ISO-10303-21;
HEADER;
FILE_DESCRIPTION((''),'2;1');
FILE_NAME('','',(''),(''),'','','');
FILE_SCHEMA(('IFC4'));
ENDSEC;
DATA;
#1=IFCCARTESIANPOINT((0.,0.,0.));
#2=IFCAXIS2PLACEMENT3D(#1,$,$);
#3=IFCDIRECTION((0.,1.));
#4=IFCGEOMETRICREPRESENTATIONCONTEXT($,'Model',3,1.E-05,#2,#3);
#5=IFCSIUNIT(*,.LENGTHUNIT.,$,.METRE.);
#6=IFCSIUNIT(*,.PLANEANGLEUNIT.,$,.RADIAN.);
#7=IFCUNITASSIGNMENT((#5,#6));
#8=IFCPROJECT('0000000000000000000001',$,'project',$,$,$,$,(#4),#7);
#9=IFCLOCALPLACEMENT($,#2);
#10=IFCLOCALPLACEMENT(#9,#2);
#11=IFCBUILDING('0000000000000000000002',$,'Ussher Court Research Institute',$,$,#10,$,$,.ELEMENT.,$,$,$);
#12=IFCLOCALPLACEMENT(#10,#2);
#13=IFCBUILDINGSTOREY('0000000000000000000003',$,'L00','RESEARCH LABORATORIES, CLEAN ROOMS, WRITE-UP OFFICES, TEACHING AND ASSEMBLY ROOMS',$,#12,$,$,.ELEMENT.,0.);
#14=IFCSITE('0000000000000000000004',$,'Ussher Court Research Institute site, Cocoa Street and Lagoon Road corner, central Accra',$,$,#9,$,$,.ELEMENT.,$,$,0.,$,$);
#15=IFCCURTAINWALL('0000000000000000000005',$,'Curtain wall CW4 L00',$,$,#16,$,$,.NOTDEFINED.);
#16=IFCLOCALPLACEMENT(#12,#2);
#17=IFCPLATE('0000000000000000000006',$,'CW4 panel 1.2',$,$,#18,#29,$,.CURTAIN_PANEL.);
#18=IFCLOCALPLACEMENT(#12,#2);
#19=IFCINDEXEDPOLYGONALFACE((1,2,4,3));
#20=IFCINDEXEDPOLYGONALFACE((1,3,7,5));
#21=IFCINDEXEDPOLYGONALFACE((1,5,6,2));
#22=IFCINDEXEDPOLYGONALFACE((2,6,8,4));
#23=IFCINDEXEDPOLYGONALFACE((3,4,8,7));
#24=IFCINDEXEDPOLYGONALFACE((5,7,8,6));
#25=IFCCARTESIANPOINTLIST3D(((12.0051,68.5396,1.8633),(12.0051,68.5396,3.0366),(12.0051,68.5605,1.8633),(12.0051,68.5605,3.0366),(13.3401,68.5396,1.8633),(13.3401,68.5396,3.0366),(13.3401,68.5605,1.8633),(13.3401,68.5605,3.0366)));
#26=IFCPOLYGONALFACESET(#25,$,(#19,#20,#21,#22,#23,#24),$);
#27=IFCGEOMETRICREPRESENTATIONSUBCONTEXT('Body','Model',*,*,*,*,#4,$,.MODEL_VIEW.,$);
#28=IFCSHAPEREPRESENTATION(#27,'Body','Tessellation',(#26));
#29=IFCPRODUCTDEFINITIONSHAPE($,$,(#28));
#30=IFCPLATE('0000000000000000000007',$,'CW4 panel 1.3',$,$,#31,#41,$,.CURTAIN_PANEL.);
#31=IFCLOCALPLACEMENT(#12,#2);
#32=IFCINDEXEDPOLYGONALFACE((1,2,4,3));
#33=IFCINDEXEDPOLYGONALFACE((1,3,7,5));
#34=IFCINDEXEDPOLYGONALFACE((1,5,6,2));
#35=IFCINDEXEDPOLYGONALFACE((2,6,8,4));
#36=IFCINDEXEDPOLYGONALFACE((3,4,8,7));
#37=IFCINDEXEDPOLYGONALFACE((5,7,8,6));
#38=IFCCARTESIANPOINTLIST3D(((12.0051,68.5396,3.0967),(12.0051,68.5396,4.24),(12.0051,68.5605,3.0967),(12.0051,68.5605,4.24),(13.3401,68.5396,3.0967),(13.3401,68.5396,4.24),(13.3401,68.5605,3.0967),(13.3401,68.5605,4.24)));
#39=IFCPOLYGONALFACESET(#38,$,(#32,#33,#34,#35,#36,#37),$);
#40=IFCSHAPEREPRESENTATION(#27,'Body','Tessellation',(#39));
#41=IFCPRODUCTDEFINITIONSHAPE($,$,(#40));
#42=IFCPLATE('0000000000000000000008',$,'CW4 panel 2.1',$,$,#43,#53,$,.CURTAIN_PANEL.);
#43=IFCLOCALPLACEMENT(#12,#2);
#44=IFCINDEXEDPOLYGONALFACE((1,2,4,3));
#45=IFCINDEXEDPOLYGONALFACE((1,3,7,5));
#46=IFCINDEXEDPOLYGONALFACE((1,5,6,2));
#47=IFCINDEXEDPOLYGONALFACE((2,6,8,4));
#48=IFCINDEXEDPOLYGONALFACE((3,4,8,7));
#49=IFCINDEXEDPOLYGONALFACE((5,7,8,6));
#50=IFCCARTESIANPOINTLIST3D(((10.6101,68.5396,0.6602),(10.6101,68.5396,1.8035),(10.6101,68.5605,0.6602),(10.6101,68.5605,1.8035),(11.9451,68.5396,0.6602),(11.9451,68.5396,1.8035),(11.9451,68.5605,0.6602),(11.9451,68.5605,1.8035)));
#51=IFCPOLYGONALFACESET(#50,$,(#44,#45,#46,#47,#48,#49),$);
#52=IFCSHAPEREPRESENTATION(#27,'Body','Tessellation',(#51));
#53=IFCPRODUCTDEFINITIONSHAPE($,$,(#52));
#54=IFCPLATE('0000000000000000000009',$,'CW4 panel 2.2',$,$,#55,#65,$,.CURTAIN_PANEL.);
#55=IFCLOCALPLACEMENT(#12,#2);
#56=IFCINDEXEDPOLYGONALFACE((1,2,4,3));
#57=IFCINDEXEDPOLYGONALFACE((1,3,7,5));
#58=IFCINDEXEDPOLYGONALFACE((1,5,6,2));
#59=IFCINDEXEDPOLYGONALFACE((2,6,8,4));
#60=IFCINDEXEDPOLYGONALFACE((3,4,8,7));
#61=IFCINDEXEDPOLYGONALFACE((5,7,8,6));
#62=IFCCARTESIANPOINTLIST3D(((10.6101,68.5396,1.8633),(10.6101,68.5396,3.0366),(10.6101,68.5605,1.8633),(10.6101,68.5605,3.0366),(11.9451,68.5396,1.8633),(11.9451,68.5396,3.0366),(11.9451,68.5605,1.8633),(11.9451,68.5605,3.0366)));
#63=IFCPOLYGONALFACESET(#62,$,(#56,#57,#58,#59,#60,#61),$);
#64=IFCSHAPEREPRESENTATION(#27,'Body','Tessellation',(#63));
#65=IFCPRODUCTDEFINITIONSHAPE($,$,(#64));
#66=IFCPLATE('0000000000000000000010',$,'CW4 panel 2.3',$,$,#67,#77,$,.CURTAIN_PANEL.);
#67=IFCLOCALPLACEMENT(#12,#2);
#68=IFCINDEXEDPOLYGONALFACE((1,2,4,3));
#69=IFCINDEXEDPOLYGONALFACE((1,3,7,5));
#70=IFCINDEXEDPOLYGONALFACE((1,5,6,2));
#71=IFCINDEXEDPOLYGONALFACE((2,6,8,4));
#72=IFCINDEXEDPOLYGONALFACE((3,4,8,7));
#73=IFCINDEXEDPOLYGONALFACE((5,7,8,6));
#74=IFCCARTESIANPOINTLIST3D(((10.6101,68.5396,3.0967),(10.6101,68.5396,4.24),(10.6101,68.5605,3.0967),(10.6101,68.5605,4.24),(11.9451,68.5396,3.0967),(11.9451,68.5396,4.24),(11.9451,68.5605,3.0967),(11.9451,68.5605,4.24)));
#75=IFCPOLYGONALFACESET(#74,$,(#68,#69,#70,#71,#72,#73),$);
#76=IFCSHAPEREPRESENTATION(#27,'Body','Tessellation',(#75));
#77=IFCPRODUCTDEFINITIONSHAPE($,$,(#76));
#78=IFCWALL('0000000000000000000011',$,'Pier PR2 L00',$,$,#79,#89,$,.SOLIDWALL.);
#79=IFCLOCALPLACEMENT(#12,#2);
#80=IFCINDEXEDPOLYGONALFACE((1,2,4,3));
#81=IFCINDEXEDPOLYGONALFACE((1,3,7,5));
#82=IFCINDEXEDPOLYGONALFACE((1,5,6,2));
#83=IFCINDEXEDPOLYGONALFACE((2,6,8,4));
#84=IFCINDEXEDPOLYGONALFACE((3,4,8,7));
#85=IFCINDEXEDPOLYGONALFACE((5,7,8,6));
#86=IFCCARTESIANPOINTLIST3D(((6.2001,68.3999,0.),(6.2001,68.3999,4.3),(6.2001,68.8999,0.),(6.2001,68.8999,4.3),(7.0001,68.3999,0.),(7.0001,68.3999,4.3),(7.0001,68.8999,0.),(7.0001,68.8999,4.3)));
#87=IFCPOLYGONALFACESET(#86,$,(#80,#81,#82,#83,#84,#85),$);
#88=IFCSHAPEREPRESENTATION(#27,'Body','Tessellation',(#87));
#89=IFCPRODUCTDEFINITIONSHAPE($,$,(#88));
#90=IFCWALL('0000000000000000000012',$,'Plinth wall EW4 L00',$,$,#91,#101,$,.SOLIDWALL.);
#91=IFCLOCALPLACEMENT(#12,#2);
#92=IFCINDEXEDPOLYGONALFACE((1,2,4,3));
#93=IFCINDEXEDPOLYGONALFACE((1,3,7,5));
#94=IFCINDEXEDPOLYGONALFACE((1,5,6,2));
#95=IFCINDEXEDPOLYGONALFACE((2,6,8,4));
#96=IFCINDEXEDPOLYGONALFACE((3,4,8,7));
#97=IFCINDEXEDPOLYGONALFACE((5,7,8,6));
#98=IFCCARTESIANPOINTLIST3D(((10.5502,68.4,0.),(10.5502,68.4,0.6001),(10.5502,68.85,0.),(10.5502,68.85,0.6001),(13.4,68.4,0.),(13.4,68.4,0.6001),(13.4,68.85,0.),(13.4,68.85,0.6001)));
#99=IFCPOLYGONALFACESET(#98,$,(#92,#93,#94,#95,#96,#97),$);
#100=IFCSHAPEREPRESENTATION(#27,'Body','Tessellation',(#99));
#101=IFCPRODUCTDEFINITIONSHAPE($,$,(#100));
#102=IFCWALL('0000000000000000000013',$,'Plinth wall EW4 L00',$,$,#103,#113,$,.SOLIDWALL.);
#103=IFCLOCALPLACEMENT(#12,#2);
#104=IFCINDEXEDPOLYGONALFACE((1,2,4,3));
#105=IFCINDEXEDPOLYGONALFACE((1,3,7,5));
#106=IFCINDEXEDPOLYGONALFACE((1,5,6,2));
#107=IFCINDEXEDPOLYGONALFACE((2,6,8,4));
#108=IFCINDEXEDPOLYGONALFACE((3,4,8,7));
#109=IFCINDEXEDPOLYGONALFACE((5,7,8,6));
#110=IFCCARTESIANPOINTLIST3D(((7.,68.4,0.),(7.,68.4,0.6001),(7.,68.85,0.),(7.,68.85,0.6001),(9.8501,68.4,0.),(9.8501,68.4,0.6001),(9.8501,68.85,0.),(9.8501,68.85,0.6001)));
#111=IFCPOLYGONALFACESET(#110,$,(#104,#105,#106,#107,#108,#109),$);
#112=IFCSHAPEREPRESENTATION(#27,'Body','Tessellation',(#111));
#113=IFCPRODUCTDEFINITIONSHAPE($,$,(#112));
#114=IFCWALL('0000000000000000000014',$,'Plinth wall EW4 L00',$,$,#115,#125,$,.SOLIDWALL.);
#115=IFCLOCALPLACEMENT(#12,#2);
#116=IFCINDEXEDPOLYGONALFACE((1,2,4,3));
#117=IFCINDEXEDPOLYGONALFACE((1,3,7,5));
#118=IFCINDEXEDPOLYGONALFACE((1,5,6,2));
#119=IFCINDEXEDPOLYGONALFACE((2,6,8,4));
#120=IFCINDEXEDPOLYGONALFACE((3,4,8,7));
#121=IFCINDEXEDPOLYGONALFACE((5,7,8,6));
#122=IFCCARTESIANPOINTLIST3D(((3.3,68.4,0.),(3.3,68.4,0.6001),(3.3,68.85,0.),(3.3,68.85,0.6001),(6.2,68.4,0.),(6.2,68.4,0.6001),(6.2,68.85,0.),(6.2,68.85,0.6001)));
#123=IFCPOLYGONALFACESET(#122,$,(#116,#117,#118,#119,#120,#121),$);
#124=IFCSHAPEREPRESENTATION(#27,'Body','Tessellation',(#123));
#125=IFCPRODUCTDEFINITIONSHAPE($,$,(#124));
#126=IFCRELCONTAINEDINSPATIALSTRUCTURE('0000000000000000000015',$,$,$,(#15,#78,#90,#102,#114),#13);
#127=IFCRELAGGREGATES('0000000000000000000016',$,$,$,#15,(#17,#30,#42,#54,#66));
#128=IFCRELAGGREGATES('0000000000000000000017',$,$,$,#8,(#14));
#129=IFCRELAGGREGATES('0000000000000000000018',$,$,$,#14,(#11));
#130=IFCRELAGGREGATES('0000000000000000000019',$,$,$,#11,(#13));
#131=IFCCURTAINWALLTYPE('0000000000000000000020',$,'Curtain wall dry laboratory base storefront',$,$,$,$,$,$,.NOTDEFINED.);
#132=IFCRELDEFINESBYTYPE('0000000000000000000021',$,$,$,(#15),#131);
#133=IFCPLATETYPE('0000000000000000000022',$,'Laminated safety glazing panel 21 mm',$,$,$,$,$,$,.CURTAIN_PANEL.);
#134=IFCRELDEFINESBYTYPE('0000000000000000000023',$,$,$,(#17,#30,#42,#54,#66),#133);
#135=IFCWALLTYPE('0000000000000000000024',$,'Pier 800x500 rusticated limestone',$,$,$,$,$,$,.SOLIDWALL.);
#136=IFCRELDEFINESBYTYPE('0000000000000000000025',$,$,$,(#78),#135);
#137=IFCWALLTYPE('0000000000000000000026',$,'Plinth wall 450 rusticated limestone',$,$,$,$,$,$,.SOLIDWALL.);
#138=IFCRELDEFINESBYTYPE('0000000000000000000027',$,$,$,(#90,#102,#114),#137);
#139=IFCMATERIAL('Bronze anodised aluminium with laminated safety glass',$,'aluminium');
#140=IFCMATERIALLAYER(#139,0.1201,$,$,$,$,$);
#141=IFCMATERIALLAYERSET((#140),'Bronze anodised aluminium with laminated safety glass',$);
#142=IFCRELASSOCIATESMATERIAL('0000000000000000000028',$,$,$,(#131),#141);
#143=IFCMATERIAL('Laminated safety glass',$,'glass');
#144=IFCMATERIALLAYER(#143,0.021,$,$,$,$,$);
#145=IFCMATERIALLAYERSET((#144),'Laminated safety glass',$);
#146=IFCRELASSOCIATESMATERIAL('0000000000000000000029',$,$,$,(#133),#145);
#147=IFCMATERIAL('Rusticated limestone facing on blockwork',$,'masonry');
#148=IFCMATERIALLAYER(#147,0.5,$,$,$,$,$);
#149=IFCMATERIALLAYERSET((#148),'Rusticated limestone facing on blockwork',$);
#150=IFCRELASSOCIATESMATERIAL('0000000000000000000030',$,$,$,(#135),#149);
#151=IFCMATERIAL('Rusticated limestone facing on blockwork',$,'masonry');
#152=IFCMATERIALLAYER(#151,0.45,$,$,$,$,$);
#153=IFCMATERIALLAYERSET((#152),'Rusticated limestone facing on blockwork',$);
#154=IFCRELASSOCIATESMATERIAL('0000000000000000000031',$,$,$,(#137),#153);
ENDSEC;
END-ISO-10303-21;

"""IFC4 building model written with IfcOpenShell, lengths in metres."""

from ifc_helpers import new_model, si_unit, direction, frame, frame_2d, origin, origin_2d, place, context, subcontext, project, spatial, rectangle, extrude, material, layer, layer_set, type_object, element, aggregate, save


model = new_model("IFC4")

# Units and contexts
model_context = context("Model", 3, precision=1e-05, world=origin(), true_north=direction((0.0, 1.0)))
body_context = subcontext(model_context, "Body", "Model", "MODEL_VIEW")
ifc_project = project(units=[si_unit("LENGTHUNIT", "METRE"), si_unit("PLANEANGLEUNIT", "RADIAN")], contexts=[model_context])

# Site, building, storey
site_placement = place(None, origin())
site = spatial("IfcSite", under=ifc_project, at=site_placement, Name="Ussher Court Research Institute site, Cocoa Street and Lagoon Road corner, central Accra", CompositionType="ELEMENT", RefElevation=0.0)
building_placement = place(site_placement, origin())
building = spatial("IfcBuilding", under=site, at=building_placement, Name="Ussher Court Research Institute", CompositionType="ELEMENT")
storey_placement = place(building_placement, origin())
storey = spatial("IfcBuildingStorey", under=building, at=storey_placement, Name="L00", Description="RESEARCH LABORATORIES, CLEAN ROOMS, WRITE-UP OFFICES, TEACHING AND ASSEMBLY ROOMS", CompositionType="ELEMENT", Elevation=0.0)

# Curtain wall
ifc_material_1 = material(Name="Bronze anodised aluminium with laminated safety glass", Category="aluminium")
ifc_layer_1 = layer(ifc_material_1, 0.1201)
ifc_layer_set_1 = layer_set([ifc_layer_1], Name="Bronze anodised aluminium with laminated safety glass")
curtain_wall_type = type_object("IfcCurtainWallType", Name="Curtain wall dry laboratory base storefront", PredefinedType="NOTDEFINED", material=ifc_layer_set_1)
curtain_wall_1_placement = place(storey_placement, origin())
curtain_wall_1 = element("IfcCurtainWall", 1, at=curtain_wall_1_placement, inside=storey, type_object=curtain_wall_type, Name="Curtain wall CW4 L00", PredefinedType="NOTDEFINED")

# Plates
ifc_material_2 = material(Name="Laminated safety glass", Category="glass")
ifc_layer_2 = layer(ifc_material_2, 0.021)
ifc_layer_set_2 = layer_set([ifc_layer_2], Name="Laminated safety glass")
plate_type = type_object("IfcPlateType", Name="Laminated safety glazing panel 21 mm", PredefinedType="CURTAIN_PANEL", material=ifc_layer_set_2)
plate_1_placement = place(storey_placement, frame((12.6726, 68.55, 1.8633), z_axis=(0.0, 0.0, 1.0), x_axis=(-1.0, 0.0, 0.0)))
plate_1 = element("IfcPlate", 2, at=plate_1_placement, type_object=plate_type, Name="CW4 panel 1.2", PredefinedType="CURTAIN_PANEL", context=body_context, shape_type="SweptSolid", body=[
    extrude(rectangle(XDim=1.335, YDim=0.021, at=origin_2d()), origin(), (0.0, 0.0, 1.0), 1.1733),
])
plate_2_placement = place(storey_placement, frame((12.6726, 68.55, 3.0967), z_axis=(0.0, 0.0, 1.0), x_axis=(-1.0, 0.0, 0.0)))
plate_2 = element("IfcPlate", 3, at=plate_2_placement, type_object=plate_type, Name="CW4 panel 1.3", PredefinedType="CURTAIN_PANEL", context=body_context, shape_type="SweptSolid", body=[
    extrude(rectangle(XDim=1.335, YDim=0.021, at=origin_2d()), origin(), (0.0, 0.0, 1.0), 1.1433),
])
plate_3_placement = place(storey_placement, frame((11.2776, 68.55, 0.6602), z_axis=(0.0, 0.0, 1.0), x_axis=(-1.0, 0.0, 0.0)))
plate_3 = element("IfcPlate", 4, at=plate_3_placement, type_object=plate_type, Name="CW4 panel 2.1", PredefinedType="CURTAIN_PANEL", context=body_context, shape_type="SweptSolid", body=[
    extrude(rectangle(XDim=1.335, YDim=0.021, at=origin_2d()), origin(), (0.0, 0.0, 1.0), 1.1433),
])
plate_4_placement = place(storey_placement, frame((11.2776, 68.55, 1.8633), z_axis=(0.0, 0.0, 1.0), x_axis=(-1.0, 0.0, 0.0)))
plate_4 = element("IfcPlate", 5, at=plate_4_placement, type_object=plate_type, Name="CW4 panel 2.2", PredefinedType="CURTAIN_PANEL", context=body_context, shape_type="SweptSolid", body=[
    extrude(rectangle(XDim=1.335, YDim=0.021, at=origin_2d()), origin(), (0.0, 0.0, 1.0), 1.1733),
])
plate_5_placement = place(storey_placement, frame((11.2776, 68.55, 3.0967), z_axis=(0.0, 0.0, 1.0), x_axis=(-1.0, 0.0, 0.0)))
plate_5 = element("IfcPlate", 6, at=plate_5_placement, type_object=plate_type, Name="CW4 panel 2.3", PredefinedType="CURTAIN_PANEL", context=body_context, shape_type="SweptSolid", body=[
    extrude(rectangle(XDim=1.335, YDim=0.021, at=origin_2d()), origin(), (0.0, 0.0, 1.0), 1.1433),
])
aggregate(curtain_wall_1, [plate_1, plate_2, plate_3, plate_4, plate_5])

# Walls
ifc_material_3 = material(Name="Rusticated limestone facing on blockwork", Category="masonry")
ifc_layer_3 = layer(ifc_material_3, 0.5)
ifc_layer_set_3 = layer_set([ifc_layer_3], Name="Rusticated limestone facing on blockwork")
wall_type_1 = type_object("IfcWallType", Name="Pier 800x500 rusticated limestone", PredefinedType="SOLIDWALL", material=ifc_layer_set_3)
wall_1_placement = place(storey_placement, frame((7.0, 68.6499, 0.0), z_axis=(0.0, 0.0, 1.0), x_axis=(-1.0, 0.0, 0.0)))
element("IfcWall", 7, at=wall_1_placement, inside=storey, type_object=wall_type_1, Name="Pier PR2 L00", PredefinedType="SOLIDWALL", context=body_context, shape_type="SweptSolid", body=[
    extrude(rectangle(XDim=0.8, YDim=0.5, at=frame_2d((0.3999, 0.0))), origin(), (0.0, 0.0, 1.0), 4.3),
])
ifc_material_4 = material(Name="Rusticated limestone facing on blockwork", Category="masonry")
ifc_layer_4 = layer(ifc_material_4, 0.45)
ifc_layer_set_4 = layer_set([ifc_layer_4], Name="Rusticated limestone facing on blockwork")
wall_type_2 = type_object("IfcWallType", Name="Plinth wall 450 rusticated limestone", PredefinedType="SOLIDWALL", material=ifc_layer_set_4)
wall_2_placement = place(storey_placement, frame((13.3999, 68.625, 0.0), z_axis=(0.0, 0.0, 1.0), x_axis=(-1.0, 0.0, 0.0)))
element("IfcWall", 8, at=wall_2_placement, inside=storey, type_object=wall_type_2, Name="Plinth wall EW4 L00", PredefinedType="SOLIDWALL", context=body_context, shape_type="SweptSolid", body=[
    extrude(rectangle(XDim=2.8499, YDim=0.45, at=frame_2d((1.4248, 0.0))), origin(), (0.0, 0.0, 1.0), 0.6001),
])
wall_3_placement = place(storey_placement, frame((9.8501, 68.625, 0.0), z_axis=(0.0, 0.0, 1.0), x_axis=(-1.0, 0.0, 0.0)))
element("IfcWall", 9, at=wall_3_placement, inside=storey, type_object=wall_type_2, Name="Plinth wall EW4 L00", PredefinedType="SOLIDWALL", context=body_context, shape_type="SweptSolid", body=[
    extrude(rectangle(XDim=2.8501, YDim=0.45, at=frame_2d((1.425, 0.0))), origin(), (0.0, 0.0, 1.0), 0.6001),
])
wall_4_placement = place(storey_placement, frame((6.2, 68.625, 0.0), z_axis=(0.0, 0.0, 1.0), x_axis=(-1.0, 0.0, 0.0)))
element("IfcWall", 10, at=wall_4_placement, inside=storey, type_object=wall_type_2, Name="Plinth wall EW4 L00", PredefinedType="SOLIDWALL", context=body_context, shape_type="SweptSolid", body=[
    extrude(rectangle(XDim=2.8999, YDim=0.45, at=frame_2d((1.45, 0.0))), origin(), (0.0, 0.0, 1.0), 0.6001),
])

save(model, "model.ifc")
